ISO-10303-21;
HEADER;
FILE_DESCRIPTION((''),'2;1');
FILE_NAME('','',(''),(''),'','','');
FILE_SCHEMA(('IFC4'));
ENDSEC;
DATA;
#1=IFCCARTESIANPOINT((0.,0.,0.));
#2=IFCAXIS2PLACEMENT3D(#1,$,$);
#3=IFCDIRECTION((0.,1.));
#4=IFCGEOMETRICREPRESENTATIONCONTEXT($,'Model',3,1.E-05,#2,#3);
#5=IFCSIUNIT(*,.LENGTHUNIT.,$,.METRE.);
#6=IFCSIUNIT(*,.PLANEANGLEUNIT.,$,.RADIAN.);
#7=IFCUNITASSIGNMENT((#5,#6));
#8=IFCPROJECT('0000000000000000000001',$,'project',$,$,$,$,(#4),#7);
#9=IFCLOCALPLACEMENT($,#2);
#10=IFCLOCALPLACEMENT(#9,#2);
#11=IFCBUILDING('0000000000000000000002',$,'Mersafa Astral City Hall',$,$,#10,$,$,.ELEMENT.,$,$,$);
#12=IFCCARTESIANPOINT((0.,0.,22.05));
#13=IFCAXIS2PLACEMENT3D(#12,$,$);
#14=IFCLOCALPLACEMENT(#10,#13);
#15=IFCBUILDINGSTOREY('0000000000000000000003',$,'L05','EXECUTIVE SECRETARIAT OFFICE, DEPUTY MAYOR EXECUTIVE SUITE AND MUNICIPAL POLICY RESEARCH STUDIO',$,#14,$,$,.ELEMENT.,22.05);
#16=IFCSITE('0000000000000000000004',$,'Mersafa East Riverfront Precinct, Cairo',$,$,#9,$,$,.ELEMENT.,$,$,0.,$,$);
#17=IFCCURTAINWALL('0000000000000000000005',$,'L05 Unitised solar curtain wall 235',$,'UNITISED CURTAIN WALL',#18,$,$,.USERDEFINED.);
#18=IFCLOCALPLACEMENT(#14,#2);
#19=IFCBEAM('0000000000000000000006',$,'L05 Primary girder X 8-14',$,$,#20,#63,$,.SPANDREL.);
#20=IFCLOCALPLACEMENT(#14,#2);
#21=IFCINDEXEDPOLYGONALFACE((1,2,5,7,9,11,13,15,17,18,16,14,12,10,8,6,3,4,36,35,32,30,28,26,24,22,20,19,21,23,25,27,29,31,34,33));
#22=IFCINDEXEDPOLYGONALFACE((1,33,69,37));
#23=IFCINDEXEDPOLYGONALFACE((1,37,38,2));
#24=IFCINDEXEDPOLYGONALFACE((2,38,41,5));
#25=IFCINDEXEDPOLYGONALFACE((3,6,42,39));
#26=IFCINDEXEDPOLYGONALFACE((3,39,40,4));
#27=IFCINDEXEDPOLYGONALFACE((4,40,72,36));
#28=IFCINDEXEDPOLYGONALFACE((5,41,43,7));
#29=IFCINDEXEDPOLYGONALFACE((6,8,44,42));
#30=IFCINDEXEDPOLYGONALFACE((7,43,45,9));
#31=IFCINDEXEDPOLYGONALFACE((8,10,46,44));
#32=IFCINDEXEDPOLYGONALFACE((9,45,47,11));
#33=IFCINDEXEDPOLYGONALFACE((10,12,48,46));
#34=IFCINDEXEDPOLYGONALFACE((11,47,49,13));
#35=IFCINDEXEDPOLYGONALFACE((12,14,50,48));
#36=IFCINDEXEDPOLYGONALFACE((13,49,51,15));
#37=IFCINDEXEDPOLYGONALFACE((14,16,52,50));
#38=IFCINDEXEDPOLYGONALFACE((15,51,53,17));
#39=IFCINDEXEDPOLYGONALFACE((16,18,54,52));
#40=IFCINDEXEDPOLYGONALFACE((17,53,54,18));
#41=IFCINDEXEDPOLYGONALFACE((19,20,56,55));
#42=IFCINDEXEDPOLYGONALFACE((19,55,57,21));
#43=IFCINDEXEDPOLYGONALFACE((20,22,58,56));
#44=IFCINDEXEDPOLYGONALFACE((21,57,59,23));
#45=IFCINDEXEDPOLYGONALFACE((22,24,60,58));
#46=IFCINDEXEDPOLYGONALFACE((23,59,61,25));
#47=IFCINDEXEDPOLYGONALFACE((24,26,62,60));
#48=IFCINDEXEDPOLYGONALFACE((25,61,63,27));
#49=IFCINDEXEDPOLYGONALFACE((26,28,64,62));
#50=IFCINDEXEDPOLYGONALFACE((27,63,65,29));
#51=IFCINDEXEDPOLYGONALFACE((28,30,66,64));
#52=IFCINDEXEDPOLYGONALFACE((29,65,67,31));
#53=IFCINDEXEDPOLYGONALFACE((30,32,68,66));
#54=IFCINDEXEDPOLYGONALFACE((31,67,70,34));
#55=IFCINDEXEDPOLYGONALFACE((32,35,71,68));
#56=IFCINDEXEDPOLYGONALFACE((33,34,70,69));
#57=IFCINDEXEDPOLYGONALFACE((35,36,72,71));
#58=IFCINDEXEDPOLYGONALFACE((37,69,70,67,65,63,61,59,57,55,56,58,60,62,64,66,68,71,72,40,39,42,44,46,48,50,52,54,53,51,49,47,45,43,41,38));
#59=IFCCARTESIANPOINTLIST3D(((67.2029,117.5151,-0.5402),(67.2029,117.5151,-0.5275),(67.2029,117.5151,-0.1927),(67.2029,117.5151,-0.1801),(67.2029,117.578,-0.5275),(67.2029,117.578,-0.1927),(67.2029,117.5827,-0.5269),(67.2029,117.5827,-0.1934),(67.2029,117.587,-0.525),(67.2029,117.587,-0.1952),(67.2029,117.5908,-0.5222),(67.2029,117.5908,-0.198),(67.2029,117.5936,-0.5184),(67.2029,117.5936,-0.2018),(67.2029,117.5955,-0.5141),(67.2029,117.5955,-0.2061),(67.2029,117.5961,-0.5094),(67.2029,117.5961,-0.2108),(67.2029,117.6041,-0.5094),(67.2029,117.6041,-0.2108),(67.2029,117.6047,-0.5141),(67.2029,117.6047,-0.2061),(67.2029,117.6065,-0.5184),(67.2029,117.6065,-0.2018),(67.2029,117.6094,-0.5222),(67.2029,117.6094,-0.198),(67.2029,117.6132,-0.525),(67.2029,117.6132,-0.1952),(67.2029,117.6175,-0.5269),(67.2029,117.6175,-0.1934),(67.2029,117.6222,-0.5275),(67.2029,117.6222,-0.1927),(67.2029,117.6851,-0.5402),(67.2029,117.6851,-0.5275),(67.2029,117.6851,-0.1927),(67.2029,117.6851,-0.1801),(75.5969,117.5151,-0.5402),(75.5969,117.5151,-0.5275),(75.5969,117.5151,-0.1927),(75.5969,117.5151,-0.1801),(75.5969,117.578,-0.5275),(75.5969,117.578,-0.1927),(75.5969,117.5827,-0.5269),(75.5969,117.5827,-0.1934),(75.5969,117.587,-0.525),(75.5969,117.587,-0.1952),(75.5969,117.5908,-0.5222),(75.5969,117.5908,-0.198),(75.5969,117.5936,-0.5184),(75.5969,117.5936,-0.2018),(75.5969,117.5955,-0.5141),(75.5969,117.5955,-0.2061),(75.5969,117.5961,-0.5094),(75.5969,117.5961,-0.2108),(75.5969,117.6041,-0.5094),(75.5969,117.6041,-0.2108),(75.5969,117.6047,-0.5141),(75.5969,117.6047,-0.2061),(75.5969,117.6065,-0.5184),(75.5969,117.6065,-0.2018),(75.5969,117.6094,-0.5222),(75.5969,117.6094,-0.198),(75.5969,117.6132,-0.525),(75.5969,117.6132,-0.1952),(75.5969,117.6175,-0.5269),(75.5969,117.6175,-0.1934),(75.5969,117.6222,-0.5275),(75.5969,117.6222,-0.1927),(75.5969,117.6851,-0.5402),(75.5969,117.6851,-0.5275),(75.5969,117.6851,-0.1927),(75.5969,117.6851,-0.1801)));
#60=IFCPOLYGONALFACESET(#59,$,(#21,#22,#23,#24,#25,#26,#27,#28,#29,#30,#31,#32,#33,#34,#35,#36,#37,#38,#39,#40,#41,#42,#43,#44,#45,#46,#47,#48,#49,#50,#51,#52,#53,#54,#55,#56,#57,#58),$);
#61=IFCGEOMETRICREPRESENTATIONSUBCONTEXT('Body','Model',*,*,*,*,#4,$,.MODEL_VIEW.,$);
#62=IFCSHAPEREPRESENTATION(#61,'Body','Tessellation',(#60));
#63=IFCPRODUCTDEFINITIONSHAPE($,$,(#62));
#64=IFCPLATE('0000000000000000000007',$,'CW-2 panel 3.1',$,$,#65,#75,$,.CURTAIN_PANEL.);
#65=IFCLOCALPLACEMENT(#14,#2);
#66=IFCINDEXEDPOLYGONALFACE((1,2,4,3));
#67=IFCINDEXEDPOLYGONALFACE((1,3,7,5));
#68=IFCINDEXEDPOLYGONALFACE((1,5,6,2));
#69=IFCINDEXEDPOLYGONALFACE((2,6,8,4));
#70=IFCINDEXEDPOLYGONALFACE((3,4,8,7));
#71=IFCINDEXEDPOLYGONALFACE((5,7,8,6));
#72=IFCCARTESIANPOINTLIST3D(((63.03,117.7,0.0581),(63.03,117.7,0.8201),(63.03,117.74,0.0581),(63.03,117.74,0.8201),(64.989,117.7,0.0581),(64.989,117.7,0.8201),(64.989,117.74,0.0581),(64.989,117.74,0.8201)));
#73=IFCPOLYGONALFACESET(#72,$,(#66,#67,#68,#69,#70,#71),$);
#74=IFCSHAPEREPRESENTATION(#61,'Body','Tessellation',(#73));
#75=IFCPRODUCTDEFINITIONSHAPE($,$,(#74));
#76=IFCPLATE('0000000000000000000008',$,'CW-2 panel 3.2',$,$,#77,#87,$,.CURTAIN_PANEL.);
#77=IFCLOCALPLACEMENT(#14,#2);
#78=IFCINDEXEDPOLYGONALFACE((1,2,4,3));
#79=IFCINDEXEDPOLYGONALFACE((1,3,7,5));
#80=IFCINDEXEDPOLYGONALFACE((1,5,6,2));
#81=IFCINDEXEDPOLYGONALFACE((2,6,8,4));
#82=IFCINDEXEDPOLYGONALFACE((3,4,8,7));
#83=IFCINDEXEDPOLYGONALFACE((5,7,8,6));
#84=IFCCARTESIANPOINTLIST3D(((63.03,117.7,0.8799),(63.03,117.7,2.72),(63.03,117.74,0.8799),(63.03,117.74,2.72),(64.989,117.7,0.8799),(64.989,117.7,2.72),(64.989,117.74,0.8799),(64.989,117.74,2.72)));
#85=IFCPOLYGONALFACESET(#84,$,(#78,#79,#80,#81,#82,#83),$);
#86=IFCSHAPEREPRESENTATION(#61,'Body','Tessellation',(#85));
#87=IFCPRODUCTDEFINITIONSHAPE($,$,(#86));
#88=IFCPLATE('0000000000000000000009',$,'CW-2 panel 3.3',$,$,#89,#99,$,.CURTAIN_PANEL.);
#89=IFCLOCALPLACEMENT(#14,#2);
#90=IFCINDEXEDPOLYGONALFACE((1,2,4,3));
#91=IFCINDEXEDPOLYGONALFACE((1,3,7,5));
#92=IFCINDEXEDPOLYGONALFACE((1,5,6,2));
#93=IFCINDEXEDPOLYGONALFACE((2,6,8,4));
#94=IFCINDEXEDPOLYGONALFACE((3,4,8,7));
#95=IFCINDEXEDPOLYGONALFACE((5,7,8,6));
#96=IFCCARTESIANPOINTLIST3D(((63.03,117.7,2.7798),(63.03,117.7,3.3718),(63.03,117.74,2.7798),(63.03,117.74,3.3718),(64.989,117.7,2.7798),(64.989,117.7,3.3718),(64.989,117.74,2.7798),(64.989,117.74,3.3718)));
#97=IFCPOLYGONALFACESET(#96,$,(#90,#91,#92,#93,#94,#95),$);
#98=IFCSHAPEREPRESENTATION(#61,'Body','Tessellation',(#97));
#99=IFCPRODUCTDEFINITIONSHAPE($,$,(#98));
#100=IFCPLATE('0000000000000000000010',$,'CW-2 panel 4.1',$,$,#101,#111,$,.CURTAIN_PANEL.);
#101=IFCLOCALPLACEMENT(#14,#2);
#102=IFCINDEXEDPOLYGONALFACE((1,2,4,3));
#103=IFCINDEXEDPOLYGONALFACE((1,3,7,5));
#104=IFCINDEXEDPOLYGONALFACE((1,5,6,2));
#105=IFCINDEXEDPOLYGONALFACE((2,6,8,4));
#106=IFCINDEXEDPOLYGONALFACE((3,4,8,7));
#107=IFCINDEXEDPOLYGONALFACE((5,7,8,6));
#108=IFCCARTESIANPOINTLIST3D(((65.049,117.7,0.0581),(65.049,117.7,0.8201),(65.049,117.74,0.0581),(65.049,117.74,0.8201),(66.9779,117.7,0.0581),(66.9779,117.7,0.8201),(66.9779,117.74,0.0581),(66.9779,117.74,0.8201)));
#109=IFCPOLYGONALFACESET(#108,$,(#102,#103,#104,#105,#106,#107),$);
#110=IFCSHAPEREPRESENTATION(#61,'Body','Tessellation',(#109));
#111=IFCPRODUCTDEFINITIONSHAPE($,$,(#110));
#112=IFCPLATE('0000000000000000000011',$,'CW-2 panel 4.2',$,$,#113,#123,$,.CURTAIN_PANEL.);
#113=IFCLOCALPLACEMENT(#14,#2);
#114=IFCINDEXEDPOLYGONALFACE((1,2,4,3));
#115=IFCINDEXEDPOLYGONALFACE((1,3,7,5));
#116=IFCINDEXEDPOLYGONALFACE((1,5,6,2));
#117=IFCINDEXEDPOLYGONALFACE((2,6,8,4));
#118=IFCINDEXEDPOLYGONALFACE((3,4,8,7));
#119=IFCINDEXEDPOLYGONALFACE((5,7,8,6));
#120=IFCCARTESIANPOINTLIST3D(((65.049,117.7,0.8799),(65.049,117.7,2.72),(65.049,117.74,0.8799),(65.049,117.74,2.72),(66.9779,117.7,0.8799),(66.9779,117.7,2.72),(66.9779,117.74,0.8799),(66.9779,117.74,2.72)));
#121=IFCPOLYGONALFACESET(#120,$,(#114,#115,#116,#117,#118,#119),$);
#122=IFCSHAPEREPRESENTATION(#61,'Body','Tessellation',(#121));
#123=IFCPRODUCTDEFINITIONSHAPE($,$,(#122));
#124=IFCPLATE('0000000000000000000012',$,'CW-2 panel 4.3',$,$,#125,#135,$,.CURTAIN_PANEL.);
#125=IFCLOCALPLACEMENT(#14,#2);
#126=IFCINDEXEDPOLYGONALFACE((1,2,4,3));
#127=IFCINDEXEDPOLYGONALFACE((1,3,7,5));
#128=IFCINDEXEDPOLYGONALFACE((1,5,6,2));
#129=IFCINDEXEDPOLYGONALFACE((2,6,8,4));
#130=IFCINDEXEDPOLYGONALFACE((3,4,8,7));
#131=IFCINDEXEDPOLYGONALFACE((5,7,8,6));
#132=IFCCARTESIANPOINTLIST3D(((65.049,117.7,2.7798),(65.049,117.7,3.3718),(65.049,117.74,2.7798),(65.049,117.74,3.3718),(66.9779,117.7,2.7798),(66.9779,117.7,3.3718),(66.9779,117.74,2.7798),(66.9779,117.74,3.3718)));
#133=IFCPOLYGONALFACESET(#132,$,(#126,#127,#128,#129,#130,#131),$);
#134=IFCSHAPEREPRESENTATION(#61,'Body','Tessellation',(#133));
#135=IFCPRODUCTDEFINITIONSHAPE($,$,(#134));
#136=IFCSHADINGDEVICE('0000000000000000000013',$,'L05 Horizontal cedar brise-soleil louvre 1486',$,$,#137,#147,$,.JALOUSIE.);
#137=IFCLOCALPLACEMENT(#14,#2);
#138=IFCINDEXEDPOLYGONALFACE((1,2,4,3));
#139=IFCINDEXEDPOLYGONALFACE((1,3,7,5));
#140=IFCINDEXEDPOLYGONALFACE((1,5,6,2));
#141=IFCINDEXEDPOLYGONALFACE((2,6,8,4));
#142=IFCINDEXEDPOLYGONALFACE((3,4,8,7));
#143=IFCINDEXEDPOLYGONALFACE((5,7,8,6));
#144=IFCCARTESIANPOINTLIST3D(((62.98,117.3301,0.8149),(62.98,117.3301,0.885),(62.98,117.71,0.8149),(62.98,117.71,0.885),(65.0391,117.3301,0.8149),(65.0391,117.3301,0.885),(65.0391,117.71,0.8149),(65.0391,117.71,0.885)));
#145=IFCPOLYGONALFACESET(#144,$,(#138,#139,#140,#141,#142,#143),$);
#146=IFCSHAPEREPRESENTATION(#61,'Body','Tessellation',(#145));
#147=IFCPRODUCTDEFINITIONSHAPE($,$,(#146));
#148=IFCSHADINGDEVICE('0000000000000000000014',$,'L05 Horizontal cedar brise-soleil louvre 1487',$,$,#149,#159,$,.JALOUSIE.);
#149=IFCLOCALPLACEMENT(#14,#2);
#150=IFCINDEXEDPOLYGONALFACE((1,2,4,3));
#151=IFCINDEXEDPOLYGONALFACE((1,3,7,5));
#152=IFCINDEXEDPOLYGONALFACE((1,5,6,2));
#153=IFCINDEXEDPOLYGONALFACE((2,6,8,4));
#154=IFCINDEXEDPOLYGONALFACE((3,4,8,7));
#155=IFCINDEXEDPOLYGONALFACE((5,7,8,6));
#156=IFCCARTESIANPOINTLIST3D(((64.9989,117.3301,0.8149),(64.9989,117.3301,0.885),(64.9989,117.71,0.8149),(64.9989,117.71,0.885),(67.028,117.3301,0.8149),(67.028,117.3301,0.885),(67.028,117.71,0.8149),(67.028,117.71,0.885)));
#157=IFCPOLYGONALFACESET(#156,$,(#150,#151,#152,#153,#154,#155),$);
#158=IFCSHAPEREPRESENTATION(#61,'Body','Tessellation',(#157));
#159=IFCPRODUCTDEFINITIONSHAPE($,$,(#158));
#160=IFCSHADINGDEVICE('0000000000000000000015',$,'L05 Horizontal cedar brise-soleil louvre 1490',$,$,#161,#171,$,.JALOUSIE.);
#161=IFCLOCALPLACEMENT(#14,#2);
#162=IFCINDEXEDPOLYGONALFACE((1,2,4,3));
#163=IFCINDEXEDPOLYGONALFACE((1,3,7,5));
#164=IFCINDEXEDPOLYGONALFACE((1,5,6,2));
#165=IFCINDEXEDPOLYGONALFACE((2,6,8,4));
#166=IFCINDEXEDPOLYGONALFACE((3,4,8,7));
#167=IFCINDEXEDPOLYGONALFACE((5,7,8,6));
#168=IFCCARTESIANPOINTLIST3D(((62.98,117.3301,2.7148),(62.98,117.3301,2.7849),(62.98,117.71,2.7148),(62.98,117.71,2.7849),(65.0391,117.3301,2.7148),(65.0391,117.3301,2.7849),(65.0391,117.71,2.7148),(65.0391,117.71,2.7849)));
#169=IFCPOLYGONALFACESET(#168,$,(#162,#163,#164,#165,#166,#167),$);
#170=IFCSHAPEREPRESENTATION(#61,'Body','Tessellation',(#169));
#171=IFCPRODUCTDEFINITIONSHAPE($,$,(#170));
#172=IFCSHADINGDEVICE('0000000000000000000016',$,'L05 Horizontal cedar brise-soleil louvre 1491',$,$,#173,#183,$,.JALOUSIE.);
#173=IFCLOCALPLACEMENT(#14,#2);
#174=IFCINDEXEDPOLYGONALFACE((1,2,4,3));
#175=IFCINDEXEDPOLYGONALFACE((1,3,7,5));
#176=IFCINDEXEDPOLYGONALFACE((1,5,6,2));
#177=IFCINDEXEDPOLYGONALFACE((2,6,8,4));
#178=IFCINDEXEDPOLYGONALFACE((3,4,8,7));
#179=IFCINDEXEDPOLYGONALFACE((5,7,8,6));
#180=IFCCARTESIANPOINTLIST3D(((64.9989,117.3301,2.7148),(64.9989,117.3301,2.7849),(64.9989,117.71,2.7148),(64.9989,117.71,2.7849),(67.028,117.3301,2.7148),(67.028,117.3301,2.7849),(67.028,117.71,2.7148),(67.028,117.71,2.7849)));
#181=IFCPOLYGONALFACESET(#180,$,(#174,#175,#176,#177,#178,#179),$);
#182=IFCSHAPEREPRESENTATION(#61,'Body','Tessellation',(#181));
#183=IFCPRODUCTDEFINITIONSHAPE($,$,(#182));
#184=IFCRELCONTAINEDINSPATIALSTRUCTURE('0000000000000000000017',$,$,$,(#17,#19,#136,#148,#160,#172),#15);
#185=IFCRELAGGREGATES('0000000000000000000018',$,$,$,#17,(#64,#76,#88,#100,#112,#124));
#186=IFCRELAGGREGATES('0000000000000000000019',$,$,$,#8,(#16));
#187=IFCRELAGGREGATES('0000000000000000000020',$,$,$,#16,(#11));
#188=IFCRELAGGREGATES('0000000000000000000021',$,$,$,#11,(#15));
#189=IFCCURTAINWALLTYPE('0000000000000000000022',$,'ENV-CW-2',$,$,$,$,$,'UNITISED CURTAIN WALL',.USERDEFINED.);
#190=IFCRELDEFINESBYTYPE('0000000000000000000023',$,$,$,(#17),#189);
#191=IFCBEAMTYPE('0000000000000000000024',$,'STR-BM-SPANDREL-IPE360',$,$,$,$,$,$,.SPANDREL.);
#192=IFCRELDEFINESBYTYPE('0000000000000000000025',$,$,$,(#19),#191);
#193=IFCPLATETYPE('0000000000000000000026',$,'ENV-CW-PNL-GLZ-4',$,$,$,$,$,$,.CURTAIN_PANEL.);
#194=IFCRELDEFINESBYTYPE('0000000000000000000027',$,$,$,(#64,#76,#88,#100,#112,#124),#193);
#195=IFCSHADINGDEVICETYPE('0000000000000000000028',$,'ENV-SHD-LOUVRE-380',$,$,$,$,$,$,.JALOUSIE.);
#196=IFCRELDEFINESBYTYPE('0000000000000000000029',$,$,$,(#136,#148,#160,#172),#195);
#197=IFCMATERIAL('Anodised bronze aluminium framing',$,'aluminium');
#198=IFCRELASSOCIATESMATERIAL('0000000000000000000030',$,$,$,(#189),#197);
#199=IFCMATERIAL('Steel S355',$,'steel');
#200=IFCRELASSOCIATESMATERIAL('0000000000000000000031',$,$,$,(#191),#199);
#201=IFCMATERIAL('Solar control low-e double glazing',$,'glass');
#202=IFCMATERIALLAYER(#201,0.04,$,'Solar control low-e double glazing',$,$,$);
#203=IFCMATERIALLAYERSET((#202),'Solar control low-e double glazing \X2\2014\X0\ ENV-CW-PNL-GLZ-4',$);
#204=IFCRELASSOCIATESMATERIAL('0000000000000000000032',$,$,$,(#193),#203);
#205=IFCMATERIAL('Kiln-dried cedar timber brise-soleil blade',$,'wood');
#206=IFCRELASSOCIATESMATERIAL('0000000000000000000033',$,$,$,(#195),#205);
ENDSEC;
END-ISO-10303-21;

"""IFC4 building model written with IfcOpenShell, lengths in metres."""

from ifc_helpers import new_model, si_unit, direction, frame, origin, origin_2d, place, context, subcontext, project, spatial, rectangle, i_section, extrude, material, layer, layer_set, material_profile, profile_set, type_object, element, aggregate, save


model = new_model("IFC4")

# Units and contexts
model_context = context("Model", 3, precision=1e-05, world=origin(), true_north=direction((0.0, 1.0)))
body_context = subcontext(model_context, "Body", "Model", "MODEL_VIEW")
ifc_project = project(units=[si_unit("LENGTHUNIT", "METRE"), si_unit("PLANEANGLEUNIT", "RADIAN")], contexts=[model_context])

# Site, building, storey
site_placement = place(None, origin())
site = spatial("IfcSite", under=ifc_project, at=site_placement, Name="Mersafa East Riverfront Precinct, Cairo", CompositionType="ELEMENT", RefElevation=0.0)
building_placement = place(site_placement, origin())
building = spatial("IfcBuilding", under=site, at=building_placement, Name="Mersafa Astral City Hall", CompositionType="ELEMENT")
storey_placement = place(building_placement, frame((0.0, 0.0, 22.05)))
storey = spatial("IfcBuildingStorey", under=building, at=storey_placement, Name="L05", Description="EXECUTIVE SECRETARIAT OFFICE, DEPUTY MAYOR EXECUTIVE SUITE AND MUNICIPAL POLICY RESEARCH STUDIO", CompositionType="ELEMENT", Elevation=22.05)

# Shared definitions
ifc_material_1 = material(Name="Steel S355", Category="steel")

# Curtain wall
ifc_material_2 = material(Name="Anodised bronze aluminium framing", Category="aluminium")
curtain_wall_type_1 = type_object("IfcCurtainWallType", Name="ENV-CW-2", ElementType="UNITISED CURTAIN WALL", PredefinedType="USERDEFINED", material=ifc_material_2)
curtain_wall_1_placement = place(storey_placement, origin())
curtain_wall_1 = element("IfcCurtainWall", 1, at=curtain_wall_1_placement, inside=storey, type_object=curtain_wall_type_1, Name="L05 Unitised solar curtain wall 235", ObjectType="UNITISED CURTAIN WALL", PredefinedType="USERDEFINED")

# Beam
ifc_material_profile_1 = material_profile(ifc_material_1, i_section(OverallWidth=0.1699, OverallDepth=0.3601, WebThickness=0.0081, FlangeThickness=0.0127, FilletRadius=0.0181, at=origin_2d()), Name="IPE 360")
ifc_profile_set_1 = profile_set([ifc_material_profile_1], Name="Steel S355")
beam_type_1 = type_object("IfcBeamType", Name="STR-BM-SPANDREL-IPE360", PredefinedType="SPANDREL", material=ifc_profile_set_1)
beam_1_placement = place(storey_placement, frame((67.2029, 117.6001, -0.3601), z_axis=(1.0, 0.0, 0.0), x_axis=(0.0, 1.0, 0.0)))
element("IfcBeam", 2, at=beam_1_placement, inside=storey, type_object=beam_type_1, Name="L05 Primary girder X 8-14", PredefinedType="SPANDREL", context=body_context, shape_type="SweptSolid", body=[
    extrude(i_section(OverallWidth=0.1699, OverallDepth=0.3601, WebThickness=0.0081, FlangeThickness=0.0127, FilletRadius=0.0181, at=origin_2d()), origin(), (0.0, 0.0, 1.0), 8.394),
])

# Plates
ifc_material_3 = material(Name="Solar control low-e double glazing", Category="glass")
ifc_layer = layer(ifc_material_3, 0.04, Name="Solar control low-e double glazing")
ifc_layer_set = layer_set([ifc_layer], Name="Solar control low-e double glazing — ENV-CW-PNL-GLZ-4")
plate_type = type_object("IfcPlateType", Name="ENV-CW-PNL-GLZ-4", PredefinedType="CURTAIN_PANEL", material=ifc_layer_set)
plate_1_placement = place(storey_placement, frame((64.0095, 117.72, 0.0581), z_axis=(0.0, 0.0, 1.0), x_axis=(1.0, 0.0, 0.0)))
plate_1 = element("IfcPlate", 3, at=plate_1_placement, type_object=plate_type, Name="CW-2 panel 3.1", PredefinedType="CURTAIN_PANEL", context=body_context, shape_type="SweptSolid", body=[
    extrude(rectangle(XDim=1.959, YDim=0.04, at=origin_2d()), origin(), (0.0, 0.0, 1.0), 0.762),
])
plate_2_placement = place(storey_placement, frame((64.0095, 117.72, 0.8799), z_axis=(0.0, 0.0, 1.0), x_axis=(1.0, 0.0, 0.0)))
plate_2 = element("IfcPlate", 4, at=plate_2_placement, type_object=plate_type, Name="CW-2 panel 3.2", PredefinedType="CURTAIN_PANEL", context=body_context, shape_type="SweptSolid", body=[
    extrude(rectangle(XDim=1.959, YDim=0.04, at=origin_2d()), origin(), (0.0, 0.0, 1.0), 1.8401),
])
plate_3_placement = place(storey_placement, frame((64.0095, 117.72, 2.7798), z_axis=(0.0, 0.0, 1.0), x_axis=(1.0, 0.0, 0.0)))
plate_3 = element("IfcPlate", 5, at=plate_3_placement, type_object=plate_type, Name="CW-2 panel 3.3", PredefinedType="CURTAIN_PANEL", context=body_context, shape_type="SweptSolid", body=[
    extrude(rectangle(XDim=1.959, YDim=0.04, at=origin_2d()), origin(), (0.0, 0.0, 1.0), 0.592),
])
plate_4_placement = place(storey_placement, frame((66.0134, 117.72, 0.0581), z_axis=(0.0, 0.0, 1.0), x_axis=(1.0, 0.0, 0.0)))
plate_4 = element("IfcPlate", 6, at=plate_4_placement, type_object=plate_type, Name="CW-2 panel 4.1", PredefinedType="CURTAIN_PANEL", context=body_context, shape_type="SweptSolid", body=[
    extrude(rectangle(XDim=1.929, YDim=0.04, at=origin_2d()), origin(), (0.0, 0.0, 1.0), 0.762),
])
plate_5_placement = place(storey_placement, frame((66.0134, 117.72, 0.8799), z_axis=(0.0, 0.0, 1.0), x_axis=(1.0, 0.0, 0.0)))
plate_5 = element("IfcPlate", 7, at=plate_5_placement, type_object=plate_type, Name="CW-2 panel 4.2", PredefinedType="CURTAIN_PANEL", context=body_context, shape_type="SweptSolid", body=[
    extrude(rectangle(XDim=1.929, YDim=0.04, at=origin_2d()), origin(), (0.0, 0.0, 1.0), 1.8401),
])
plate_6_placement = place(storey_placement, frame((66.0134, 117.72, 2.7798), z_axis=(0.0, 0.0, 1.0), x_axis=(1.0, 0.0, 0.0)))
plate_6 = element("IfcPlate", 8, at=plate_6_placement, type_object=plate_type, Name="CW-2 panel 4.3", PredefinedType="CURTAIN_PANEL", context=body_context, shape_type="SweptSolid", body=[
    extrude(rectangle(XDim=1.929, YDim=0.04, at=origin_2d()), origin(), (0.0, 0.0, 1.0), 0.592),
])
aggregate(curtain_wall_1, [plate_1, plate_2, plate_3, plate_4, plate_5, plate_6])

# Shading devices
ifc_material_4 = material(Name="Kiln-dried cedar timber brise-soleil blade", Category="wood")
shading_device_type = type_object("IfcShadingDeviceType", Name="ENV-SHD-LOUVRE-380", PredefinedType="JALOUSIE", material=ifc_material_4)
shading_device_1_placement = place(storey_placement, frame((64.0095, 117.52, 0.8149), z_axis=(0.0, 0.0, 1.0), x_axis=(1.0, 0.0, 0.0)))
element("IfcShadingDevice", 9, at=shading_device_1_placement, inside=storey, type_object=shading_device_type, Name="L05 Horizontal cedar brise-soleil louvre 1486", PredefinedType="JALOUSIE", context=body_context, shape_type="SweptSolid", body=[
    extrude(rectangle(XDim=2.0591, YDim=0.3799, at=origin_2d()), origin(), (0.0, 0.0, 1.0), 0.0701),
])
shading_device_2_placement = place(storey_placement, frame((66.0134, 117.52, 0.8149), z_axis=(0.0, 0.0, 1.0), x_axis=(1.0, 0.0, 0.0)))
element("IfcShadingDevice", 10, at=shading_device_2_placement, inside=storey, type_object=shading_device_type, Name="L05 Horizontal cedar brise-soleil louvre 1487", PredefinedType="JALOUSIE", context=body_context, shape_type="SweptSolid", body=[
    extrude(rectangle(XDim=2.0291, YDim=0.3799, at=origin_2d()), origin(), (0.0, 0.0, 1.0), 0.0701),
])
shading_device_3_placement = place(storey_placement, frame((64.0095, 117.52, 2.7148), z_axis=(0.0, 0.0, 1.0), x_axis=(1.0, 0.0, 0.0)))
element("IfcShadingDevice", 11, at=shading_device_3_placement, inside=storey, type_object=shading_device_type, Name="L05 Horizontal cedar brise-soleil louvre 1490", PredefinedType="JALOUSIE", context=body_context, shape_type="SweptSolid", body=[
    extrude(rectangle(XDim=2.0591, YDim=0.3799, at=origin_2d()), origin(), (0.0, 0.0, 1.0), 0.0701),
])
shading_device_4_placement = place(storey_placement, frame((66.0134, 117.52, 2.7148), z_axis=(0.0, 0.0, 1.0), x_axis=(1.0, 0.0, 0.0)))
element("IfcShadingDevice", 12, at=shading_device_4_placement, inside=storey, type_object=shading_device_type, Name="L05 Horizontal cedar brise-soleil louvre 1491", PredefinedType="JALOUSIE", context=body_context, shape_type="SweptSolid", body=[
    extrude(rectangle(XDim=2.0291, YDim=0.3799, at=origin_2d()), origin(), (0.0, 0.0, 1.0), 0.0701),
])

save(model, "model.ifc")
